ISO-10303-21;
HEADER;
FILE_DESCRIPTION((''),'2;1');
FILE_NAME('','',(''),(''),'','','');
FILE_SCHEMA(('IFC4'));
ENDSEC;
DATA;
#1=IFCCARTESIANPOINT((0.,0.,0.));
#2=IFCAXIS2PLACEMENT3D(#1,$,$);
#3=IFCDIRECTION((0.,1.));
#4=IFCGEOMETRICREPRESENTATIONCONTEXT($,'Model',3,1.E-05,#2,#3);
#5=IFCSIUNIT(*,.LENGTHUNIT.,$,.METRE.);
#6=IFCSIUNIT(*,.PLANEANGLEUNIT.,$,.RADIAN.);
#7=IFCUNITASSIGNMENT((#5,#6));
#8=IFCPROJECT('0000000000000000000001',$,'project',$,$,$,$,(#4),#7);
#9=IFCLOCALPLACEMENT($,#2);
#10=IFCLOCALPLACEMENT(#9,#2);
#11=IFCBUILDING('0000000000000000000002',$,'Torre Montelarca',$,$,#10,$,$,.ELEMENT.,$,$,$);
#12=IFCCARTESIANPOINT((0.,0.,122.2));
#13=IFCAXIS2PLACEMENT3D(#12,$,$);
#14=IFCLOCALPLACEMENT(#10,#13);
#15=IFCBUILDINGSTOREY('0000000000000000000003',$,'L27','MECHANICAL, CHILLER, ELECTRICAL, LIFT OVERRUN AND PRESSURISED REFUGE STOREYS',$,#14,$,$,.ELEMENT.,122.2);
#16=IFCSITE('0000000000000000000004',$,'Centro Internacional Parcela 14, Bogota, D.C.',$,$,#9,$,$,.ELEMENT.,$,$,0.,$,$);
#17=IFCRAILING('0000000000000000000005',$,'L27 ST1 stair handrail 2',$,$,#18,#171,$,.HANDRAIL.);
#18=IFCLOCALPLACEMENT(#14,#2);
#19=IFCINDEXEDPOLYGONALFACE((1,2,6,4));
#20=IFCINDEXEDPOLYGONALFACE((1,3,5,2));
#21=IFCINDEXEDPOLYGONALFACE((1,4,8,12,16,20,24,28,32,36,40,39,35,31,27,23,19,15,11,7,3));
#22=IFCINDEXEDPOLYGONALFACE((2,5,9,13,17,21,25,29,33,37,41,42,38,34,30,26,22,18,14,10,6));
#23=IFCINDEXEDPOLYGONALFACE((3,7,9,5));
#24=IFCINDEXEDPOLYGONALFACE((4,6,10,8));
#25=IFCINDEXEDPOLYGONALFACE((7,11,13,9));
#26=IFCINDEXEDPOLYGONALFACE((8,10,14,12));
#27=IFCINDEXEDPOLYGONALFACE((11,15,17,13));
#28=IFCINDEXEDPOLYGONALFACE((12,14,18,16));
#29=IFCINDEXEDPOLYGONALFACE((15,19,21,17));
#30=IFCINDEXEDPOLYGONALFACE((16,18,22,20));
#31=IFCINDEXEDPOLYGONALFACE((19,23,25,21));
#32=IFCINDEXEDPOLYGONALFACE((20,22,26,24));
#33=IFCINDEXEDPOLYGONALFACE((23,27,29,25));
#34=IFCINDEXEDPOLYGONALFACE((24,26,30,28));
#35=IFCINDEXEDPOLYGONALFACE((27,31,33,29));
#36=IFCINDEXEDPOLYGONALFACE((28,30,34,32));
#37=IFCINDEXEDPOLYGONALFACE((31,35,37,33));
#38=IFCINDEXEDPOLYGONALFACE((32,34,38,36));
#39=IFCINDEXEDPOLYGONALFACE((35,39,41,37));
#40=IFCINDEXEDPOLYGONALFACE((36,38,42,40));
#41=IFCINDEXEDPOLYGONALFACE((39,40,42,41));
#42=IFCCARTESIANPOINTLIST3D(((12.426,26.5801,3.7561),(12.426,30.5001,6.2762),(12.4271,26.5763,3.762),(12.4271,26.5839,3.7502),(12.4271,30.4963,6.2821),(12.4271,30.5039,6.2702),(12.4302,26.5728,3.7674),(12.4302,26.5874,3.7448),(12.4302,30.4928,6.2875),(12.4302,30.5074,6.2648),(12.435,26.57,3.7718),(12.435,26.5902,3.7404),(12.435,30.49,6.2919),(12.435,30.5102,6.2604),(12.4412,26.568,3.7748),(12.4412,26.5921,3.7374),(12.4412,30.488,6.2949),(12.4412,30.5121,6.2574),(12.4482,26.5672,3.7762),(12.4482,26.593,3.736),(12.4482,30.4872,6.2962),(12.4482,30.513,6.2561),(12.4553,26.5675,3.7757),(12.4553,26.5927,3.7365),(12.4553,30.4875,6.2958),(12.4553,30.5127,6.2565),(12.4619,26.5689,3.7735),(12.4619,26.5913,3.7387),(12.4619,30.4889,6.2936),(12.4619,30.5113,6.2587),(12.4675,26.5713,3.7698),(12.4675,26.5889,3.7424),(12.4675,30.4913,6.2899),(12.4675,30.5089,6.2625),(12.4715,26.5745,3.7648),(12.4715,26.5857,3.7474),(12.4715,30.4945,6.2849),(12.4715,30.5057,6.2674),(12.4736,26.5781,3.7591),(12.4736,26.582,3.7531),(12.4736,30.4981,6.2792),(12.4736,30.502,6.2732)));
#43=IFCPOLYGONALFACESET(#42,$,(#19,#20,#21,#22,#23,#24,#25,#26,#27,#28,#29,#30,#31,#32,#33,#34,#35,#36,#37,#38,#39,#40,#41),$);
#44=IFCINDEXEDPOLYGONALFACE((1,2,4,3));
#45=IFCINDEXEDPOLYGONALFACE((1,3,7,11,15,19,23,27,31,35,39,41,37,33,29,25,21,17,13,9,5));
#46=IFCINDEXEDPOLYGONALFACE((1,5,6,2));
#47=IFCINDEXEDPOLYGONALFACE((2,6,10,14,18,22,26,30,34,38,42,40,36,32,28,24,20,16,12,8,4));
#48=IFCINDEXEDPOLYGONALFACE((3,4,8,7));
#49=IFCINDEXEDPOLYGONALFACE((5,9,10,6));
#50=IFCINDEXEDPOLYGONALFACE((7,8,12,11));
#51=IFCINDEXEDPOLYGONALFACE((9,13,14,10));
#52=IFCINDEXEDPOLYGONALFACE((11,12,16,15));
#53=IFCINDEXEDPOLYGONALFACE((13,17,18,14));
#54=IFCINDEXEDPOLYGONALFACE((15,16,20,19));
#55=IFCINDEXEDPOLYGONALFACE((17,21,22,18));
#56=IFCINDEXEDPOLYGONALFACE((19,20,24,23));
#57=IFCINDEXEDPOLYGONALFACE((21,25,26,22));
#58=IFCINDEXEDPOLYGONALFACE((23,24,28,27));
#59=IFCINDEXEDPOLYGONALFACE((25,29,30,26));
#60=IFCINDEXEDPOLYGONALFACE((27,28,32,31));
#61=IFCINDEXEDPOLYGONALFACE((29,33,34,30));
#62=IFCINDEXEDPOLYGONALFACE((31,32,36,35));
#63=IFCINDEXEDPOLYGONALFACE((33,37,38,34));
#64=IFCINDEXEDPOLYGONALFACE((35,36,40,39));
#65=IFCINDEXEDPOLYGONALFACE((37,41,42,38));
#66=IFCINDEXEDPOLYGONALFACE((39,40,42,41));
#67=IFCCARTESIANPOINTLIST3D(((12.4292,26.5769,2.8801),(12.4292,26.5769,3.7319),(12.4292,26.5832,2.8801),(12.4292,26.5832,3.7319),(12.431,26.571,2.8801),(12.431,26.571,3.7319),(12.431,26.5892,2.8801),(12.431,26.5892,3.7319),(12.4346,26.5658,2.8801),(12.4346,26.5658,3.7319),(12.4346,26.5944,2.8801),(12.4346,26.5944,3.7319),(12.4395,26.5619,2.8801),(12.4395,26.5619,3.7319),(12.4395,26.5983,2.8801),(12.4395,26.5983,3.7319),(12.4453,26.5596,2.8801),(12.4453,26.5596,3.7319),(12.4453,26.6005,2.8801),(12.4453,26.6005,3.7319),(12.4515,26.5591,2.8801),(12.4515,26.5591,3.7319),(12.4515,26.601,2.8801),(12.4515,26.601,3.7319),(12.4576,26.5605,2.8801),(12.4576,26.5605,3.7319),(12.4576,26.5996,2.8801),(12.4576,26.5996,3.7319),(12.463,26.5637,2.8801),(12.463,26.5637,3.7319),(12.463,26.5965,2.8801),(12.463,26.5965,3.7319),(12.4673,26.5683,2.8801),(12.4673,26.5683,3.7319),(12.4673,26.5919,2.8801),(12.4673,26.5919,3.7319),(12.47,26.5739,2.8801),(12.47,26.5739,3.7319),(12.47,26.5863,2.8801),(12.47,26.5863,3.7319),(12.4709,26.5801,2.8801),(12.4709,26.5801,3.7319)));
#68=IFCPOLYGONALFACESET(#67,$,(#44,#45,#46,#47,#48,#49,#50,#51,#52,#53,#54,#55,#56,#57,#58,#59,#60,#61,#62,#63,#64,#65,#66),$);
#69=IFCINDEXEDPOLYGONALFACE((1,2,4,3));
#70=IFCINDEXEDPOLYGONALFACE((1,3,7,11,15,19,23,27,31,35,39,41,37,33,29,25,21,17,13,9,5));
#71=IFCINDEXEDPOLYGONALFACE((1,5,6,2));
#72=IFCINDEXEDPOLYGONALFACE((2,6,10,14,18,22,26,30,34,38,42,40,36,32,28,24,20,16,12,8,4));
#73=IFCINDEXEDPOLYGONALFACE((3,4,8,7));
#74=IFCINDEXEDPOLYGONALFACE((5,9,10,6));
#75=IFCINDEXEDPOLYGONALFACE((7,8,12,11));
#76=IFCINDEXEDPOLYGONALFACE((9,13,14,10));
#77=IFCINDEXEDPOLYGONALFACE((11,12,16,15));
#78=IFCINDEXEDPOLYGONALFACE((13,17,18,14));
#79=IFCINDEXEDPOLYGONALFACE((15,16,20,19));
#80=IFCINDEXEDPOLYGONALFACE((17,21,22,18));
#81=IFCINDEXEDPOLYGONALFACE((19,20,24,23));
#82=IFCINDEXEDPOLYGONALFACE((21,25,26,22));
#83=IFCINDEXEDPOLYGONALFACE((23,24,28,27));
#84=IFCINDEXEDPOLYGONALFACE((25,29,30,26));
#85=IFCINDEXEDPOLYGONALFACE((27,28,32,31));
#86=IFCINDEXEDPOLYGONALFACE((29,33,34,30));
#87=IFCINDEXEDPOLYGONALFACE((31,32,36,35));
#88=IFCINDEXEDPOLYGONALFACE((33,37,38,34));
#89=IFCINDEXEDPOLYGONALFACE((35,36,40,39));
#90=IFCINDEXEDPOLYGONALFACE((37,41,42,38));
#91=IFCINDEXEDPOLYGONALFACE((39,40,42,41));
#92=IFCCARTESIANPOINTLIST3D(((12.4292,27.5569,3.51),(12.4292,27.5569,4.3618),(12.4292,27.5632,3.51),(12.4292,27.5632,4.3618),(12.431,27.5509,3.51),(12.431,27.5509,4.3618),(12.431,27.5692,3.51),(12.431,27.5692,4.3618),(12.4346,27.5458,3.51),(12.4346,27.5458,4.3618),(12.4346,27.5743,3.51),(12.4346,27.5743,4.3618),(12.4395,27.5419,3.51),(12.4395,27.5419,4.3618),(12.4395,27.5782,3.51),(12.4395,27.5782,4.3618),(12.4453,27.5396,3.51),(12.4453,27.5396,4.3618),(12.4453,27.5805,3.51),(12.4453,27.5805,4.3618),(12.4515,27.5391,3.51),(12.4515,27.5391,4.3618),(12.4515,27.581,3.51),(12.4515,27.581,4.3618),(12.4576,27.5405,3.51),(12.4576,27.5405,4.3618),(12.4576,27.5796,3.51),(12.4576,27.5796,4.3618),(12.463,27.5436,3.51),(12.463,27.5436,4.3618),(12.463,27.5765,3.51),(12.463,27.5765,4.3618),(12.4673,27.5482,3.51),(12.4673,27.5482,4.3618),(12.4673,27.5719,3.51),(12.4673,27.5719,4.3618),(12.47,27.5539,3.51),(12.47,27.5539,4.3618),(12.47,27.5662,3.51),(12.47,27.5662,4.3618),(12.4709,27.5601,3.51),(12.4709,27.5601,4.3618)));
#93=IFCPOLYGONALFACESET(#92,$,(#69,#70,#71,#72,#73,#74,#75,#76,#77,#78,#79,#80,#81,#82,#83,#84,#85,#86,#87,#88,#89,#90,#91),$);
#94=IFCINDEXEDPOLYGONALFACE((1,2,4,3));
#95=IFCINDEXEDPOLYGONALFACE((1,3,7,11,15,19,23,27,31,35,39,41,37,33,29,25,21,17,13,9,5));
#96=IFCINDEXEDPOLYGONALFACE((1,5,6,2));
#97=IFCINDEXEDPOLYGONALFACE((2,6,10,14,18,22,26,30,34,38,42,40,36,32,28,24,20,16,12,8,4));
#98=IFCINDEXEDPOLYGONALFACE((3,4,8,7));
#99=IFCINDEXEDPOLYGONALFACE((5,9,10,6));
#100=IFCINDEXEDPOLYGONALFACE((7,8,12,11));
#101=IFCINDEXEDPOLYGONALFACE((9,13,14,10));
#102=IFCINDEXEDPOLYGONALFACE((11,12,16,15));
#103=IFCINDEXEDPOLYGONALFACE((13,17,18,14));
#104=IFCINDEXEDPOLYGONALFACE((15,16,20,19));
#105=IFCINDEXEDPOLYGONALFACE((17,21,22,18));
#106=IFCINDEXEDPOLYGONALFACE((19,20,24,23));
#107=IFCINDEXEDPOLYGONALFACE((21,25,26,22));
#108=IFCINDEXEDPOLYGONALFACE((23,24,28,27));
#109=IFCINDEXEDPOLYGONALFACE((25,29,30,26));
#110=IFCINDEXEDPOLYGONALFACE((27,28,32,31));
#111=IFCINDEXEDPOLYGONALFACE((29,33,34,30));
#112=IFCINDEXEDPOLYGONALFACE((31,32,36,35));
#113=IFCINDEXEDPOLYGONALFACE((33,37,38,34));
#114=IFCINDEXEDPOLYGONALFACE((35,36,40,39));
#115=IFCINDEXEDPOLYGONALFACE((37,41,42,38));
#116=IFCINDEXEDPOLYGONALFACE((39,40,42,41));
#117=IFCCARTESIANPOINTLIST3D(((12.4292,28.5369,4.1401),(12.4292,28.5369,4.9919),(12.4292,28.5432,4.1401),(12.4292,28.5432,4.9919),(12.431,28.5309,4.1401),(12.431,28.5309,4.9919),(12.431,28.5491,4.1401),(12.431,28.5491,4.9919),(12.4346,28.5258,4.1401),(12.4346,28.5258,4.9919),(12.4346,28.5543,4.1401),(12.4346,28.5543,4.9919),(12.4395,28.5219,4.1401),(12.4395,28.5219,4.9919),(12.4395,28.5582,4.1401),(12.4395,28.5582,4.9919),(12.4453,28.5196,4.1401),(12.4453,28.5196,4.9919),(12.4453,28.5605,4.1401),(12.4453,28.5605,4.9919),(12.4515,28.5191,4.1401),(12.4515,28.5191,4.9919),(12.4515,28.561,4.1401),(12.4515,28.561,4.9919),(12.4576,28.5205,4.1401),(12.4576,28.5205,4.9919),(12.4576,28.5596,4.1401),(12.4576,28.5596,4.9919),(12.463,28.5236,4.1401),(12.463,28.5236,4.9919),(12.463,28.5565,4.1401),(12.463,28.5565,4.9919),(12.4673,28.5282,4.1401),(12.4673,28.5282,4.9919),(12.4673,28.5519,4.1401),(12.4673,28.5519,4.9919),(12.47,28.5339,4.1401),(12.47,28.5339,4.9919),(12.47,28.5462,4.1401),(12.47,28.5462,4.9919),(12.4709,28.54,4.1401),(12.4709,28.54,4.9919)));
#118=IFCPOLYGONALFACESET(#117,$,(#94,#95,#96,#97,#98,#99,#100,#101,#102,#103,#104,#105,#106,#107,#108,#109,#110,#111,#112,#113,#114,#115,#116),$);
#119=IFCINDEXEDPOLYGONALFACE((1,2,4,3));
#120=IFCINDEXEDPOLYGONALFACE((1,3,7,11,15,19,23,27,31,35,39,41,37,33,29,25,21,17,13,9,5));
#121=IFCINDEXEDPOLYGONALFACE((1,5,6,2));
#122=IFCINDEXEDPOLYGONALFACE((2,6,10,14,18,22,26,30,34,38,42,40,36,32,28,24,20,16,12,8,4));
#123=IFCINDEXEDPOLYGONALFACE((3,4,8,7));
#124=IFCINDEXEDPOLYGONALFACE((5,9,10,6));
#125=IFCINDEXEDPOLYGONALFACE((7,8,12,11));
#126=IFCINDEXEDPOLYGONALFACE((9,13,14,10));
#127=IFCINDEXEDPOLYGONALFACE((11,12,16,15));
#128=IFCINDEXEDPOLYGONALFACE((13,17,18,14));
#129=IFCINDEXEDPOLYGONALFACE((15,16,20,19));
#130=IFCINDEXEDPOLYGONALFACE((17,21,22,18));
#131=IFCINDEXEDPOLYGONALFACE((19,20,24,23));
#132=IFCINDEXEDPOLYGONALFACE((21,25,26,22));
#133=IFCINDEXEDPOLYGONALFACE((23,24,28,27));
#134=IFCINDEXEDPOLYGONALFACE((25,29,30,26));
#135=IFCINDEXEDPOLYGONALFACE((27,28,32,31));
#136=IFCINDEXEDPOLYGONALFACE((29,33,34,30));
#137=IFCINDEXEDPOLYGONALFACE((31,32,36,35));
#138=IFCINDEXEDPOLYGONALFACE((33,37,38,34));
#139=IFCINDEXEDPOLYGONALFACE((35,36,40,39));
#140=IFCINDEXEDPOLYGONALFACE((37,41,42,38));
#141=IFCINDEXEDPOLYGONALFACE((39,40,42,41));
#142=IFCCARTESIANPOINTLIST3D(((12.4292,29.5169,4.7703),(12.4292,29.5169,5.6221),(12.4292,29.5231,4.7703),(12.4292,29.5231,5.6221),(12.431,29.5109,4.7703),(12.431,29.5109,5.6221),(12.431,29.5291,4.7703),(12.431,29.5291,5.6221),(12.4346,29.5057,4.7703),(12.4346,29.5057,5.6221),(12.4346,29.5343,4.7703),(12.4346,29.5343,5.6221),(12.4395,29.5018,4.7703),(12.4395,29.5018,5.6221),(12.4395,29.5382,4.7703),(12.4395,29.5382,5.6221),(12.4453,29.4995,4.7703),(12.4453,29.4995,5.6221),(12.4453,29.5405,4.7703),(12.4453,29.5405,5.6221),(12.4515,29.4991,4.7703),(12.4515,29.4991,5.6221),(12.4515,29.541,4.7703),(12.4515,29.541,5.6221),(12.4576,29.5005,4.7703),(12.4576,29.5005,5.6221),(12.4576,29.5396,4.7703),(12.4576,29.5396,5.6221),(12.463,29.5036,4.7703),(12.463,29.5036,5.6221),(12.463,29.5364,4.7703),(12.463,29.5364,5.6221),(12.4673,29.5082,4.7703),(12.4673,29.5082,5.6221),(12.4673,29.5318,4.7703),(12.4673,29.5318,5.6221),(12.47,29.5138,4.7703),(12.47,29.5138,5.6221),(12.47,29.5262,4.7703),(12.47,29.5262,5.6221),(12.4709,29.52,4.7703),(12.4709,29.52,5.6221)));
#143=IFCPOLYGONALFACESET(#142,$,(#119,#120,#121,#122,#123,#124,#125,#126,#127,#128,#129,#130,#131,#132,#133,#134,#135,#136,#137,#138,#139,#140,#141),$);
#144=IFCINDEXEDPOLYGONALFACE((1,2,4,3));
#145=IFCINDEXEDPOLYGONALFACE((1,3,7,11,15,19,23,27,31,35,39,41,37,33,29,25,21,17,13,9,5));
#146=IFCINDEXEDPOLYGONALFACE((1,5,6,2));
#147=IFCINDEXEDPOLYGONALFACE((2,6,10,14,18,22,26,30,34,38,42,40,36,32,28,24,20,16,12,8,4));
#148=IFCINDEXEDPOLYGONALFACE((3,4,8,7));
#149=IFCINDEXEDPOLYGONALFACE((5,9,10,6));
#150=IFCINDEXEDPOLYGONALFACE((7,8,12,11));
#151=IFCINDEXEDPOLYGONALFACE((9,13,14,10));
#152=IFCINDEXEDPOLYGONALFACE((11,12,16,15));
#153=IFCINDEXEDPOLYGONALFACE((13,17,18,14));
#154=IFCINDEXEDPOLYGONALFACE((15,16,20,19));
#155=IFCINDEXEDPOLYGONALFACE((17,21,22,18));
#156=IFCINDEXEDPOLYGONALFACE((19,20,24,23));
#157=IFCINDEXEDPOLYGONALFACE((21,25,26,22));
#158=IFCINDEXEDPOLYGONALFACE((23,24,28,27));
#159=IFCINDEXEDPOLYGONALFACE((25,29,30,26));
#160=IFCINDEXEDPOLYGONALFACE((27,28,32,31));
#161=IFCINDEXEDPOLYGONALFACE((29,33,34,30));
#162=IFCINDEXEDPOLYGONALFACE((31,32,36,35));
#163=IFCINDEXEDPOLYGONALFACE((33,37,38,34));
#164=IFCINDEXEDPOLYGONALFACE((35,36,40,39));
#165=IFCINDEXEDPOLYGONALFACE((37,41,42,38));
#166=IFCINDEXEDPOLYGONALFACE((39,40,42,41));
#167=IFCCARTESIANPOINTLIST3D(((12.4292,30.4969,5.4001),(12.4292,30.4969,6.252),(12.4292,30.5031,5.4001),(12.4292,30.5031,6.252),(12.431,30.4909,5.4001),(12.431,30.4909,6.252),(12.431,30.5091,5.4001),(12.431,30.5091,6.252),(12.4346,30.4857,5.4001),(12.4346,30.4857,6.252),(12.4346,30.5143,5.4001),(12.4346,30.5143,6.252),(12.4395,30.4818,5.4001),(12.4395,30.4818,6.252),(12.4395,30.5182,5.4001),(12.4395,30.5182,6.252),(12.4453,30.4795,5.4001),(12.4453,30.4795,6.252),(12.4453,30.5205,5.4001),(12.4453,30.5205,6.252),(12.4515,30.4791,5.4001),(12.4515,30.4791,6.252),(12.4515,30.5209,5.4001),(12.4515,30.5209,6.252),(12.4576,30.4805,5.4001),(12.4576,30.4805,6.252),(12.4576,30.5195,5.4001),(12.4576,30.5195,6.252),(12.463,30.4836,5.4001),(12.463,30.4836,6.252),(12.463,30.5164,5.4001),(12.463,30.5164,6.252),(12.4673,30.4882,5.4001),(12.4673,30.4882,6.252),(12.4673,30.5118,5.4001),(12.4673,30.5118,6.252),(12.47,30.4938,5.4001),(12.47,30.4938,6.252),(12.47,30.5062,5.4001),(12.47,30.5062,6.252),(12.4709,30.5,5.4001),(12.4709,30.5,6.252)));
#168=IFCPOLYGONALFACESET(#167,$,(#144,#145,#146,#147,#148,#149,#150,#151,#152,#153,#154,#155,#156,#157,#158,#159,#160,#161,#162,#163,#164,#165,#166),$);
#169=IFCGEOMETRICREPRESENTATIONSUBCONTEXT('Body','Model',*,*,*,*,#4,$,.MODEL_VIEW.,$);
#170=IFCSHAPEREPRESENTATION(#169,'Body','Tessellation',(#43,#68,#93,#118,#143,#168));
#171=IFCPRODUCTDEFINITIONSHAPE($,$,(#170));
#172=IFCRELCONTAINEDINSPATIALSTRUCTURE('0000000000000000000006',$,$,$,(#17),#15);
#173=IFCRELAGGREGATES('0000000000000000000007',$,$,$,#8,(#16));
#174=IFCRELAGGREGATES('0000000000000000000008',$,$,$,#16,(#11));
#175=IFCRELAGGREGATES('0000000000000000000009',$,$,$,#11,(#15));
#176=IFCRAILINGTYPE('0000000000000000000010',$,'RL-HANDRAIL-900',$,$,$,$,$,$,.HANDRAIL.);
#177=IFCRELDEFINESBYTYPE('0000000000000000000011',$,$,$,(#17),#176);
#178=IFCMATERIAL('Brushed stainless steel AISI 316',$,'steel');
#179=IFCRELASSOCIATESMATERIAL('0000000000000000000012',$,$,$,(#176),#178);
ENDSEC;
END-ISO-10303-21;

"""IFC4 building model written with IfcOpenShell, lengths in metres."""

from ifc_helpers import new_model, si_unit, direction, frame, origin, origin_2d, place, context, subcontext, project, spatial, circle, extrude, material, type_object, element, save


model = new_model("IFC4")

# Units and contexts
model_context = context("Model", 3, precision=1e-05, world=origin(), true_north=direction((0.0, 1.0)))
body_context = subcontext(model_context, "Body", "Model", "MODEL_VIEW")
ifc_project = project(units=[si_unit("LENGTHUNIT", "METRE"), si_unit("PLANEANGLEUNIT", "RADIAN")], contexts=[model_context])

# Site, building, storey
site_placement = place(None, origin())
site = spatial("IfcSite", under=ifc_project, at=site_placement, Name="Centro Internacional Parcela 14, Bogota, D.C.", CompositionType="ELEMENT", RefElevation=0.0)
building_placement = place(site_placement, origin())
building = spatial("IfcBuilding", under=site, at=building_placement, Name="Torre Montelarca", CompositionType="ELEMENT")
storey_placement = place(building_placement, frame((0.0, 0.0, 122.2)))
storey = spatial("IfcBuildingStorey", under=building, at=storey_placement, Name="L27", Description="MECHANICAL, CHILLER, ELECTRICAL, LIFT OVERRUN AND PRESSURISED REFUGE STOREYS", CompositionType="ELEMENT", Elevation=122.2)

# Shared definitions
ifc_material_1 = material(Name="Brushed stainless steel AISI 316", Category="steel")

# Railing
railing_type_1 = type_object("IfcRailingType", Name="RL-HANDRAIL-900", PredefinedType="HANDRAIL", material=ifc_material_1)
railing_1_placement = place(storey_placement, frame((12.45, 26.5801, 2.8801)))
element("IfcRailing", 1, at=railing_1_placement, inside=storey, type_object=railing_type_1, Name="L27 ST1 stair handrail 2", PredefinedType="HANDRAIL", context=body_context, shape_type="SweptSolid", body=[
    extrude(circle(Radius=0.0239, at=origin_2d()), frame((0.0, 0.0, 0.876), z_axis=(0.0, 0.841172, 0.540768), x_axis=(-1.0, 0.0, 0.0)), (0.0, 0.0, 1.0), 4.6602),
    extrude(circle(Radius=0.021, at=origin_2d()), origin(), (0.0, 0.0, 1.0), 0.8518),
    extrude(circle(Radius=0.021, at=origin_2d()), frame((0.0, 0.98, 0.6299)), (0.0, 0.0, 1.0), 0.8518),
    extrude(circle(Radius=0.021, at=origin_2d()), frame((0.0, 1.96, 1.26)), (0.0, 0.0, 1.0), 0.8518),
    extrude(circle(Radius=0.021, at=origin_2d()), frame((0.0, 2.9399, 1.8901)), (0.0, 0.0, 1.0), 0.8518),
    extrude(circle(Radius=0.021, at=origin_2d()), frame((0.0, 3.9199, 2.52)), (0.0, 0.0, 1.0), 0.8518),
])

save(model, "model.ifc")
